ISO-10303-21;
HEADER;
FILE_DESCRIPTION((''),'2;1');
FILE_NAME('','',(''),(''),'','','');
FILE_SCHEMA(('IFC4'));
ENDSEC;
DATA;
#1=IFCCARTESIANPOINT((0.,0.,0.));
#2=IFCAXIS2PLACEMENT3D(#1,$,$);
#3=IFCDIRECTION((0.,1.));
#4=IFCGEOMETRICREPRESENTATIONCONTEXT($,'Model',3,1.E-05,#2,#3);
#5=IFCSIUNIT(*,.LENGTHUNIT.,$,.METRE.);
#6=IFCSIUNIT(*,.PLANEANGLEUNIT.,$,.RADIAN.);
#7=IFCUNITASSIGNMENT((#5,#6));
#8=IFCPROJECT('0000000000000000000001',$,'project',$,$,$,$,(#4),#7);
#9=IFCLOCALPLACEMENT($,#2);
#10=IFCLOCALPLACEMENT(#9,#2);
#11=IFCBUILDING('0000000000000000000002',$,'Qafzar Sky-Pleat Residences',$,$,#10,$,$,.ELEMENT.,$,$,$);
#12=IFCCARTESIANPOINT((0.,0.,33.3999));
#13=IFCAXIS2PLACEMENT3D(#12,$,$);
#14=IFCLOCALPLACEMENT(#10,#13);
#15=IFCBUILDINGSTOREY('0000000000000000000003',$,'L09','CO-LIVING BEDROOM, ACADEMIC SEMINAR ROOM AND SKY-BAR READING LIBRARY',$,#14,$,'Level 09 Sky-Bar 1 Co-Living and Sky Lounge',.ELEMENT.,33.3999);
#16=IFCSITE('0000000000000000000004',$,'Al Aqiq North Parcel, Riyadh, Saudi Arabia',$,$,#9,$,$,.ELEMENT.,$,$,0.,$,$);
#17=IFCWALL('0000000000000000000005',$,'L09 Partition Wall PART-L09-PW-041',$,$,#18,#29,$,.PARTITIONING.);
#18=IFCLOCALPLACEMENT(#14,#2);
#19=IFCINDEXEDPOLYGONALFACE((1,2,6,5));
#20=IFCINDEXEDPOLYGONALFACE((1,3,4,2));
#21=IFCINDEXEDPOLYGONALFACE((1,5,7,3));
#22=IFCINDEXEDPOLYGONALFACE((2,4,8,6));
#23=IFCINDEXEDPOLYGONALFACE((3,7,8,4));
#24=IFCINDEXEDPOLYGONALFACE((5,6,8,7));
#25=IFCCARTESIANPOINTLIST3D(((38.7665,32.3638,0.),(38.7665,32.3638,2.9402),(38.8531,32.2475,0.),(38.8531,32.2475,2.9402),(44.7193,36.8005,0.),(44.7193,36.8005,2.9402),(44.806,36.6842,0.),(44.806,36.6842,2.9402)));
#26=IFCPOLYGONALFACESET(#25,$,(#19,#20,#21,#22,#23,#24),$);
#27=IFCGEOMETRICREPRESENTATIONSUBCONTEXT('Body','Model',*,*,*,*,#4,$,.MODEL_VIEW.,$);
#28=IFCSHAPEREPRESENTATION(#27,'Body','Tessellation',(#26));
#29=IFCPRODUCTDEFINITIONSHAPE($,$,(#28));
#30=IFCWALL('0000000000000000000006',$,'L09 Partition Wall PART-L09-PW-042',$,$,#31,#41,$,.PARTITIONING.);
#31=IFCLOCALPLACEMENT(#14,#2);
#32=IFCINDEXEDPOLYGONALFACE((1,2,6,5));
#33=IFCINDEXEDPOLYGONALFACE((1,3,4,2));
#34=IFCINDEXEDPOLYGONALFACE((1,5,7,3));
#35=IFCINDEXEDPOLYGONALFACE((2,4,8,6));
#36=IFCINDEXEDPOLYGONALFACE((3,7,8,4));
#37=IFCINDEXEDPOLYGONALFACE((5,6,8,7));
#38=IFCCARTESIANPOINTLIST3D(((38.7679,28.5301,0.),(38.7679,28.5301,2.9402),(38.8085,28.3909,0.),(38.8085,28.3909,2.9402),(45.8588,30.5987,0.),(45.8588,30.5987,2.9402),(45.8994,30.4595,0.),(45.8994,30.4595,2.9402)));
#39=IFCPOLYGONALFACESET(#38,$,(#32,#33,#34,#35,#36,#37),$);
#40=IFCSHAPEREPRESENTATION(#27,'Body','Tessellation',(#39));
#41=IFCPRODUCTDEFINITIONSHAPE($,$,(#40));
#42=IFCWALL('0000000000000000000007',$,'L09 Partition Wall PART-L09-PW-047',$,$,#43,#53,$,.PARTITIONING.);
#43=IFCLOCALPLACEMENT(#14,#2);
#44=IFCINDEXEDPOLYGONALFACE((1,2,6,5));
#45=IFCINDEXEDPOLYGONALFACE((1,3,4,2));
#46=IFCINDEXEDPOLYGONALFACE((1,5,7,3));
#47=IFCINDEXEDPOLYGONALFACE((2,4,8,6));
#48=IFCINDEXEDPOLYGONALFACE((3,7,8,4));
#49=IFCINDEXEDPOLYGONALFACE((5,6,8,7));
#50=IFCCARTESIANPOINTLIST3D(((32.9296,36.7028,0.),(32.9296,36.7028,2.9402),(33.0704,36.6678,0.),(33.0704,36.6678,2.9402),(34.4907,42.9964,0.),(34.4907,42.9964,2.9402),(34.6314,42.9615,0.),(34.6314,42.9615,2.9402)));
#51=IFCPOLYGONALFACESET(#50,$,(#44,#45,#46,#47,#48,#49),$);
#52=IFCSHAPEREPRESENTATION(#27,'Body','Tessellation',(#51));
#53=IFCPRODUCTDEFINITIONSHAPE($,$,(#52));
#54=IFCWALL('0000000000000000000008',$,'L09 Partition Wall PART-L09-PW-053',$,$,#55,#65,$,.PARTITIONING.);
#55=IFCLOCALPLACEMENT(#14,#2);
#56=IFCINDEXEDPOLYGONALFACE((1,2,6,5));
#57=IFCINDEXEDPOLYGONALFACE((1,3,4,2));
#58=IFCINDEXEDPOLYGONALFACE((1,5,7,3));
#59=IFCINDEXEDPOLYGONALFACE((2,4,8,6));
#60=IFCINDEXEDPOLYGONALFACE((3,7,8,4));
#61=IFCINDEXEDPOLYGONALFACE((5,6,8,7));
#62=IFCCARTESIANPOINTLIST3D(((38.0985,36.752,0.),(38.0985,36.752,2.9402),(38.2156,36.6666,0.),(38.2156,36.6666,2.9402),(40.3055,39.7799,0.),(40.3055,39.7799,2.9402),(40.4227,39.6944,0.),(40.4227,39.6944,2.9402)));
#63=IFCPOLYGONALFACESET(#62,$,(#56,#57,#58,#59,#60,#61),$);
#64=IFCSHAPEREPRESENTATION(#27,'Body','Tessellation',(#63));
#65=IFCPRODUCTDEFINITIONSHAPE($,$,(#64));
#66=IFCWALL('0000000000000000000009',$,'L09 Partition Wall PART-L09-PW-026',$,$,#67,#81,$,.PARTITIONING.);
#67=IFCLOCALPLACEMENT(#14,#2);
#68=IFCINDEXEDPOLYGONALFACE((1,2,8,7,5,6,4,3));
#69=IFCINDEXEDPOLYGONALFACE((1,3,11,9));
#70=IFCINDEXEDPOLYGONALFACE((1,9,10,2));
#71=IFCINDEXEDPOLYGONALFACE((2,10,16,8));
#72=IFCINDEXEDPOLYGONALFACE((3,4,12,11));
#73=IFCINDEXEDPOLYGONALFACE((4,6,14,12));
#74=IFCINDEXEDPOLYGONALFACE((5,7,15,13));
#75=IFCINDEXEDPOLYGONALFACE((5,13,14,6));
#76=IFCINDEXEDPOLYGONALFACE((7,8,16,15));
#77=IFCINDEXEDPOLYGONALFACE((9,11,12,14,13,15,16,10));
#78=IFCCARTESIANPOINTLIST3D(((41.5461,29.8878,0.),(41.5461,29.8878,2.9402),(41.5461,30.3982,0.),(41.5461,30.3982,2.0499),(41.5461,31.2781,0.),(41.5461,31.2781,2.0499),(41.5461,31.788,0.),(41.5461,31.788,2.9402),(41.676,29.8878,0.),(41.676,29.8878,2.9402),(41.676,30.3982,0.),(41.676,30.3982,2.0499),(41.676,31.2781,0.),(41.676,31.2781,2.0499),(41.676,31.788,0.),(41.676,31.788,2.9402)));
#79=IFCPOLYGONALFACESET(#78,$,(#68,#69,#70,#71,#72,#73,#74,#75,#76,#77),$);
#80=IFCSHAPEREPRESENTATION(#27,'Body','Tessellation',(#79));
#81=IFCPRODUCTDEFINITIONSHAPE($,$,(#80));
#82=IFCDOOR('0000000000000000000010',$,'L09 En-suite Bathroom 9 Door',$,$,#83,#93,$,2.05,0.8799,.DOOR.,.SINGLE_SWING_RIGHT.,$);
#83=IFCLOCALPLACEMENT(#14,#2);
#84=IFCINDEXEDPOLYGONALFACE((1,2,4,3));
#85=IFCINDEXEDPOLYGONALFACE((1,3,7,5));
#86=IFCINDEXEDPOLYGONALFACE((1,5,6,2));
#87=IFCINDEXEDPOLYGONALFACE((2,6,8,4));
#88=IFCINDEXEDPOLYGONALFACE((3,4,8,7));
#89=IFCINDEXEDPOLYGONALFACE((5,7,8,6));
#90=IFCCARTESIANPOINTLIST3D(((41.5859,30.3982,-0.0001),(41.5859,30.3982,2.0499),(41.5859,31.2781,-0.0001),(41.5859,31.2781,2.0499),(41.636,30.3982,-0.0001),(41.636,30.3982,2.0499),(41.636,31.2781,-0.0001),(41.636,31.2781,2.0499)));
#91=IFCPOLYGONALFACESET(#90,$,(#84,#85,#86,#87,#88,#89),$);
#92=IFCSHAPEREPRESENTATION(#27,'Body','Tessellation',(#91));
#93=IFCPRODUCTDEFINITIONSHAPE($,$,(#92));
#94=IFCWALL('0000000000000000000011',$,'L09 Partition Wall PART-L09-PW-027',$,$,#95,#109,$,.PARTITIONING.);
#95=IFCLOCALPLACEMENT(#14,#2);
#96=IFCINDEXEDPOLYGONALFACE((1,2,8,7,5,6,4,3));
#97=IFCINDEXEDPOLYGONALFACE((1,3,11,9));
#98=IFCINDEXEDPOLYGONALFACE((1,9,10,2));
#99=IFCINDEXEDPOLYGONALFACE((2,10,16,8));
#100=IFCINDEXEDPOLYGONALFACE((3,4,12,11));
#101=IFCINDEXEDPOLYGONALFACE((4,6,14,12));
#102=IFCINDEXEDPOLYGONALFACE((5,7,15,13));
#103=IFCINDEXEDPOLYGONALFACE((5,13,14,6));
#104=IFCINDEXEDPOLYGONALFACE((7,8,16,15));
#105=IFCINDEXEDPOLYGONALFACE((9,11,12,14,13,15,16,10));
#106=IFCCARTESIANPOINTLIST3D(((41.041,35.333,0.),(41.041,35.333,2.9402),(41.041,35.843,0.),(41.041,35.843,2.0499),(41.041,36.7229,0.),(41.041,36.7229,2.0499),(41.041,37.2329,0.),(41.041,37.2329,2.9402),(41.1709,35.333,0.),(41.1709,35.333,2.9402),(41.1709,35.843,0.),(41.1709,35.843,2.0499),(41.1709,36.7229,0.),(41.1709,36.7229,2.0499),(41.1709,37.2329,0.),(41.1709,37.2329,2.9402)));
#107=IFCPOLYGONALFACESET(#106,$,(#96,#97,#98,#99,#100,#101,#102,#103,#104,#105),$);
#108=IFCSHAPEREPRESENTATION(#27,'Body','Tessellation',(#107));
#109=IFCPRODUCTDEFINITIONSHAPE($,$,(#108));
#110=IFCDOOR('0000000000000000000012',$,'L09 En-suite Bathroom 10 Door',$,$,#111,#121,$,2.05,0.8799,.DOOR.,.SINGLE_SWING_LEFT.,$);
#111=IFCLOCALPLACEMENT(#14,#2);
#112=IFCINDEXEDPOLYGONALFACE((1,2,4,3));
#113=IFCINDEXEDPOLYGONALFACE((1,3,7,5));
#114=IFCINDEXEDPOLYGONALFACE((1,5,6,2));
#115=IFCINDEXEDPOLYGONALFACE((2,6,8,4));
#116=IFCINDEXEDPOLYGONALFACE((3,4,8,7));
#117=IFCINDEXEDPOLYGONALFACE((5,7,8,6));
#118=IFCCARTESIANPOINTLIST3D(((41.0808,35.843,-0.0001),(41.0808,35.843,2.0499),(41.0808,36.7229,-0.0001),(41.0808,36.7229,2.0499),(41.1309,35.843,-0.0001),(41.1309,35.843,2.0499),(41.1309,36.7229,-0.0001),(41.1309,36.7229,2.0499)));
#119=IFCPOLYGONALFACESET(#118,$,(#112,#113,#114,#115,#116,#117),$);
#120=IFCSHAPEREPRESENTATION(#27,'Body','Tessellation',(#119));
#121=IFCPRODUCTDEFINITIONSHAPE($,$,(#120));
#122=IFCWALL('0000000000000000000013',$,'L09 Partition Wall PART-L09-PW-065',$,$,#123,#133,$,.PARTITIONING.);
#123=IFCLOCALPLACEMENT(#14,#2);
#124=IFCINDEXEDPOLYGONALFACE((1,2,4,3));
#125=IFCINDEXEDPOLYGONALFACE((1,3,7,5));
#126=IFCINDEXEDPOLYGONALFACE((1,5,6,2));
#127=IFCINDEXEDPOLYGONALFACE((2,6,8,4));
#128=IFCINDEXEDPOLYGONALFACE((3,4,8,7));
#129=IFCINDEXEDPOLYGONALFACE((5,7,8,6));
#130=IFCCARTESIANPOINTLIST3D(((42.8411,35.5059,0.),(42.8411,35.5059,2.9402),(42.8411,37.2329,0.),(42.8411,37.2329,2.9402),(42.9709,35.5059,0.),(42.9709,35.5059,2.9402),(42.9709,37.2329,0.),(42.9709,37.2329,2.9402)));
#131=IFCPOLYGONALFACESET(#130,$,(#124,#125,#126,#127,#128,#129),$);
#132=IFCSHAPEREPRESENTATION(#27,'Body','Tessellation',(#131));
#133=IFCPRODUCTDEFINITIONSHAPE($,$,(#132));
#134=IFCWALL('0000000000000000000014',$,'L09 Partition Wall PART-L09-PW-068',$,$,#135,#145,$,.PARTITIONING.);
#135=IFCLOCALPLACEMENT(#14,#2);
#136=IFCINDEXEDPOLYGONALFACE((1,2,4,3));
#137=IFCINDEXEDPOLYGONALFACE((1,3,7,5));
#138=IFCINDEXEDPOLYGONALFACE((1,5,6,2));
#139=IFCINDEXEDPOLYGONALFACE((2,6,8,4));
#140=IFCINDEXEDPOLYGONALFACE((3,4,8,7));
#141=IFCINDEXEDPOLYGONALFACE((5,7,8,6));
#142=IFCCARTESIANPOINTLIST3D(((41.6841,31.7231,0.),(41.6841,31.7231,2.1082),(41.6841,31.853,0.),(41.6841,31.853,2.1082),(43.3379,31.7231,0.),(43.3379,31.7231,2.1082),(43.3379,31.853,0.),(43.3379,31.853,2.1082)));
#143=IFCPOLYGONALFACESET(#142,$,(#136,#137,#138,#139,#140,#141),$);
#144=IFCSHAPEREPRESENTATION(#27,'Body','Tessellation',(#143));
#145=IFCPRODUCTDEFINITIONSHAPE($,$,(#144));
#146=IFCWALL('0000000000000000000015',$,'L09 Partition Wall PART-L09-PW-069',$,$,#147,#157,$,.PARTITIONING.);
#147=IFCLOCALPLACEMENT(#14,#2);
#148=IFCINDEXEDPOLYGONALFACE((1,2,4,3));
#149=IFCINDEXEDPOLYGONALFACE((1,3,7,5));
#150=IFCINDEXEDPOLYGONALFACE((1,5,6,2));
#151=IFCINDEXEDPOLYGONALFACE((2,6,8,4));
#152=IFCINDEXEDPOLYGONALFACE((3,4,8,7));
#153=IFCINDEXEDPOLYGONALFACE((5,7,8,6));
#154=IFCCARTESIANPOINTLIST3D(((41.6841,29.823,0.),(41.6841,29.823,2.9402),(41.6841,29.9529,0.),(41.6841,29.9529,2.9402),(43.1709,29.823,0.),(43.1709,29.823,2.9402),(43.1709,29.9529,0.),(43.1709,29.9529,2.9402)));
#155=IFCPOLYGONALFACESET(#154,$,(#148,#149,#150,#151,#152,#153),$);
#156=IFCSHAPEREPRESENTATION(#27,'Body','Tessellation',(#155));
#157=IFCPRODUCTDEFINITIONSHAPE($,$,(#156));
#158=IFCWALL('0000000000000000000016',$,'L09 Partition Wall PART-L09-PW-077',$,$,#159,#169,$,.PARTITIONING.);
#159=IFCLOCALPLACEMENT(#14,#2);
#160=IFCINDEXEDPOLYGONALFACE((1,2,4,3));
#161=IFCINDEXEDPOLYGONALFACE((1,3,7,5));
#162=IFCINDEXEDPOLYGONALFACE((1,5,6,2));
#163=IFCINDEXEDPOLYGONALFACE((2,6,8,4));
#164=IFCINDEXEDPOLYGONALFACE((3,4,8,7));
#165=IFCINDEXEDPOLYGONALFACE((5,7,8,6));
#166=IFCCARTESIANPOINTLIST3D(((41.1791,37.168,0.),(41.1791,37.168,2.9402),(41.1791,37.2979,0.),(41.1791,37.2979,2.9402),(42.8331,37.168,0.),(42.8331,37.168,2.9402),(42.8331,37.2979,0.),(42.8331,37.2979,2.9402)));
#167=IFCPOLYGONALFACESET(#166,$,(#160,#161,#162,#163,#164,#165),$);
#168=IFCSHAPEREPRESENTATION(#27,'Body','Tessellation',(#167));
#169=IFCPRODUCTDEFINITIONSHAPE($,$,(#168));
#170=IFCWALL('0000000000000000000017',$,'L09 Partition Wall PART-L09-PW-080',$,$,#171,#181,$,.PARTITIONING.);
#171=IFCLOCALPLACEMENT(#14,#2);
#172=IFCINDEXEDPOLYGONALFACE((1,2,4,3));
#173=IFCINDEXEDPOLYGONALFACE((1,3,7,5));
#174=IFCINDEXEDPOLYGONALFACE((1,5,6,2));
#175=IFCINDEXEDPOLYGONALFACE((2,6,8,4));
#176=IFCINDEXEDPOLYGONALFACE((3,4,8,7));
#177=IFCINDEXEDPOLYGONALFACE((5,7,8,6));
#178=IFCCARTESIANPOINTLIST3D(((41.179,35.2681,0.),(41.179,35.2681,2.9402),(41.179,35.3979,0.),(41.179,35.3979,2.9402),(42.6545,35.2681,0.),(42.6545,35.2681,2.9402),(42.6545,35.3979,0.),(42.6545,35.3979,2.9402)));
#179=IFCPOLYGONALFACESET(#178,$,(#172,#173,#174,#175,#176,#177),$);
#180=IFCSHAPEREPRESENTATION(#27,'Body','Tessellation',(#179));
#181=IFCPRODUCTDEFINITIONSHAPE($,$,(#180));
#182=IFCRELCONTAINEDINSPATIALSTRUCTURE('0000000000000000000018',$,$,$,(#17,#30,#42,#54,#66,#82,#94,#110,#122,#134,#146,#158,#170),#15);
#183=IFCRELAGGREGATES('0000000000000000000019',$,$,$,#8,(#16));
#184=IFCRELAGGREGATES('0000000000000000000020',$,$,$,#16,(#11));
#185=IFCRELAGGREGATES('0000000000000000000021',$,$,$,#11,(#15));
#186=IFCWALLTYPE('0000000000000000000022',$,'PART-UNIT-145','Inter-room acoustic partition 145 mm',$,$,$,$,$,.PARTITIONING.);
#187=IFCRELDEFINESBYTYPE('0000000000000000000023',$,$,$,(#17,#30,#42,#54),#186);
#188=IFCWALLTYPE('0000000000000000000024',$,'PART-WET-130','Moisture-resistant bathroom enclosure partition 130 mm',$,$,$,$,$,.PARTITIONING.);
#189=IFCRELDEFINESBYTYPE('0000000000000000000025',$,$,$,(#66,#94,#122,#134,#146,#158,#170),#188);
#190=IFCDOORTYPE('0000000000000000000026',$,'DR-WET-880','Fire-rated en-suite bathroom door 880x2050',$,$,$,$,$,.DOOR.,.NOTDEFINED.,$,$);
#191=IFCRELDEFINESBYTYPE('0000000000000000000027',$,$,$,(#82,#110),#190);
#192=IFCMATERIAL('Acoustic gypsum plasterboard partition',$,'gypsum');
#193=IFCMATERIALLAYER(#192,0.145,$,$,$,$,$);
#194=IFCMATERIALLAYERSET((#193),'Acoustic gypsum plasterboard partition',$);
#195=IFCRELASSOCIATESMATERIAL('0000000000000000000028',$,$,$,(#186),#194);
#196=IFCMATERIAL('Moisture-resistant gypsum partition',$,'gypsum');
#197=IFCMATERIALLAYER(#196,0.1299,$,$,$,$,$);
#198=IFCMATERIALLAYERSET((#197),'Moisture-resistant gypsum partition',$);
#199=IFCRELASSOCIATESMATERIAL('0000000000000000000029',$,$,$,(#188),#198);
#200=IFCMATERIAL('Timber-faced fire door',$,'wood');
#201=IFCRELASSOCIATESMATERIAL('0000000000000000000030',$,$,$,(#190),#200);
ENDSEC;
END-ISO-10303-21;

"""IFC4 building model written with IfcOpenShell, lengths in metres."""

from ifc_helpers import new_model, si_unit, direction, frame, frame_2d, origin, place, context, subcontext, project, spatial, rectangle, extrude, source, transform, mapped, material, layer, layer_set, type_object, element, fill, save


model = new_model("IFC4")

# Units and contexts
model_context = context("Model", 3, precision=1e-05, world=origin(), true_north=direction((0.0, 1.0)))
body_context = subcontext(model_context, "Body", "Model", "MODEL_VIEW")
ifc_project = project(units=[si_unit("LENGTHUNIT", "METRE"), si_unit("PLANEANGLEUNIT", "RADIAN")], contexts=[model_context])

# Site, building, storey
site_placement = place(None, origin())
site = spatial("IfcSite", under=ifc_project, at=site_placement, Name="Al Aqiq North Parcel, Riyadh, Saudi Arabia", CompositionType="ELEMENT", RefElevation=0.0)
building_placement = place(site_placement, origin())
building = spatial("IfcBuilding", under=site, at=building_placement, Name="Qafzar Sky-Pleat Residences", CompositionType="ELEMENT")
storey_placement = place(building_placement, frame((0.0, 0.0, 33.3999)))
storey = spatial("IfcBuildingStorey", under=building, at=storey_placement, Name="L09", Description="CO-LIVING BEDROOM, ACADEMIC SEMINAR ROOM AND SKY-BAR READING LIBRARY", LongName="Level 09 Sky-Bar 1 Co-Living and Sky Lounge", CompositionType="ELEMENT", Elevation=33.3999)

# Shared definitions
ifc_material_1 = material(Name="Acoustic gypsum plasterboard partition", Category="gypsum")
ifc_material_2 = material(Name="Timber-faced fire door", Category="wood")

# Walls
ifc_layer_1 = layer(ifc_material_1, 0.145)
ifc_layer_set_1 = layer_set([ifc_layer_1], Name="Acoustic gypsum plasterboard partition")
wall_type_1 = type_object("IfcWallType", Name="PART-UNIT-145", Description="Inter-room acoustic partition 145 mm", PredefinedType="PARTITIONING", material=ifc_layer_set_1)
wall_1_placement = place(storey_placement, frame((38.8098, 32.3057, 0.0), z_axis=(0.0, 0.0, 1.0), x_axis=(0.8018, 0.597593, 0.0)))
element("IfcWall", 1, at=wall_1_placement, inside=storey, type_object=wall_type_1, Name="L09 Partition Wall PART-L09-PW-041", PredefinedType="PARTITIONING", context=body_context, shape_type="SweptSolid", body=[
    extrude(rectangle(XDim=7.4243, YDim=0.145, at=frame_2d((3.7122, 0.0))), origin(), (0.0, 0.0, 1.0), 2.9402),
])
wall_2_placement = place(storey_placement, frame((38.7881, 28.4604, 0.0), z_axis=(0.0, 0.0, 1.0), x_axis=(0.959984, 0.280056, 0.0)))
element("IfcWall", 2, at=wall_2_placement, inside=storey, type_object=wall_type_1, Name="L09 Partition Wall PART-L09-PW-042", PredefinedType="PARTITIONING", context=body_context, shape_type="SweptSolid", body=[
    extrude(rectangle(XDim=7.3865, YDim=0.145, at=frame_2d((3.6934, 0.0))), origin(), (0.0, 0.0, 1.0), 2.9402),
])
wall_3_placement = place(storey_placement, frame((33.0, 36.6853, 0.0), z_axis=(0.0, 0.0, 1.0), x_axis=(0.240737, 0.97059, 0.0)))
element("IfcWall", 3, at=wall_3_placement, inside=storey, type_object=wall_type_1, Name="L09 Partition Wall PART-L09-PW-047", PredefinedType="PARTITIONING", context=body_context, shape_type="SweptSolid", body=[
    extrude(rectangle(XDim=6.4844, YDim=0.145, at=frame_2d((3.2422, 0.0))), origin(), (0.0, 0.0, 1.0), 2.9402),
])
wall_4_placement = place(storey_placement, frame((38.157, 36.7092, 0.0), z_axis=(0.0, 0.0, 1.0), x_axis=(0.589039, 0.808104, 0.0)))
element("IfcWall", 4, at=wall_4_placement, inside=storey, type_object=wall_type_1, Name="L09 Partition Wall PART-L09-PW-053", PredefinedType="PARTITIONING", context=body_context, shape_type="SweptSolid", body=[
    extrude(rectangle(XDim=3.7468, YDim=0.145, at=frame_2d((1.8735, 0.0))), origin(), (0.0, 0.0, 1.0), 2.9402),
])

# Walls, openings, doors
ifc_material_3 = material(Name="Moisture-resistant gypsum partition", Category="gypsum")
ifc_layer_2 = layer(ifc_material_3, 0.1299)
ifc_layer_set_2 = layer_set([ifc_layer_2], Name="Moisture-resistant gypsum partition")
wall_type_2 = type_object("IfcWallType", Name="PART-WET-130", Description="Moisture-resistant bathroom enclosure partition 130 mm", PredefinedType="PARTITIONING", material=ifc_layer_set_2)
wall_5_placement = place(storey_placement, frame((41.6111, 31.7881, 0.0), z_axis=(0.0, 0.0, 1.0), x_axis=(0.0, -1.0, 0.0)))
wall_5 = element("IfcWall", 5, at=wall_5_placement, inside=storey, type_object=wall_type_2, Name="L09 Partition Wall PART-L09-PW-026", PredefinedType="PARTITIONING", context=body_context, shape_type="SweptSolid", body=[
    extrude(rectangle(XDim=1.9001, YDim=0.1299, at=frame_2d((0.9502, 0.0))), origin(), (0.0, 0.0, 1.0), 2.9402),
])
opening_1_placement = place(wall_5_placement, frame((0.51, 0.0, 0.0)))
opening_1 = element("IfcOpeningElement", 6, at=opening_1_placement, cuts=wall_5, PredefinedType="OPENING", context=body_context, shape_type="SweptSolid", body=[
    extrude(rectangle(XDim=0.8799, YDim=2.05, at=frame_2d((0.4399, 1.0249))), frame((0.0, 0.075, 0.0), z_axis=(0.0, -1.0, 0.0), x_axis=(1.0, 0.0, 0.0)), (0.0, 0.0, 1.0), 0.1499),
])
door_type_1 = type_object("IfcDoorType", Name="DR-WET-880", Description="Fire-rated en-suite bathroom door 880x2050", OperationType="NOTDEFINED", PredefinedType="DOOR", material=ifc_material_2)
shared_shape_1 = source(origin(), body_context, "Body", "SweptSolid", [
    extrude(rectangle(XDim=0.8799, YDim=2.05, at=frame_2d((0.4399, 1.0249))), frame((0.0, 0.0249, 0.0), z_axis=(0.0, -1.0, 0.0), x_axis=(1.0, 0.0, 0.0)), (0.0, 0.0, 1.0), 0.05),
])
door_1_placement = place(opening_1_placement, origin())
door_1 = element("IfcDoor", 7, at=door_1_placement, inside=storey, type_object=door_type_1, Name="L09 En-suite Bathroom 9 Door", OperationType="SINGLE_SWING_RIGHT", OverallHeight=2.05, OverallWidth=0.8799, PredefinedType="DOOR", context=body_context, shape_type="MappedRepresentation", body=[
    mapped(shared_shape_1, transform((0.0, 0.0, 0.0), x_axis=(1.0, 0.0, 0.0), y_axis=(0.0, 1.0, 0.0), z_axis=(0.0, 0.0, 1.0), scale=1.0)),
])
fill(opening_1, door_1)
wall_6_placement = place(storey_placement, frame((41.106, 37.2329, 0.0), z_axis=(0.0, 0.0, 1.0), x_axis=(0.0, -1.0, 0.0)))
wall_6 = element("IfcWall", 8, at=wall_6_placement, inside=storey, type_object=wall_type_2, Name="L09 Partition Wall PART-L09-PW-027", PredefinedType="PARTITIONING", context=body_context, shape_type="SweptSolid", body=[
    extrude(rectangle(XDim=1.8999, YDim=0.1299, at=frame_2d((0.95, 0.0))), origin(), (0.0, 0.0, 1.0), 2.9402),
])
opening_2_placement = place(wall_6_placement, frame((0.51, 0.0, 0.0)))
opening_2 = element("IfcOpeningElement", 9, at=opening_2_placement, cuts=wall_6, PredefinedType="OPENING", context=body_context, shape_type="SweptSolid", body=[
    extrude(rectangle(XDim=0.8799, YDim=2.05, at=frame_2d((0.4399, 1.0249))), frame((0.0, 0.075, 0.0), z_axis=(0.0, -1.0, 0.0), x_axis=(1.0, 0.0, 0.0)), (0.0, 0.0, 1.0), 0.1499),
])
door_2_placement = place(opening_2_placement, origin())
door_2 = element("IfcDoor", 10, at=door_2_placement, inside=storey, type_object=door_type_1, Name="L09 En-suite Bathroom 10 Door", OperationType="SINGLE_SWING_LEFT", OverallHeight=2.05, OverallWidth=0.8799, PredefinedType="DOOR", context=body_context, shape_type="MappedRepresentation", body=[
    mapped(shared_shape_1, transform((0.0, 0.0, 0.0), x_axis=(1.0, 0.0, 0.0), y_axis=(0.0, 1.0, 0.0), z_axis=(0.0, 0.0, 1.0), scale=1.0)),
])
fill(opening_2, door_2)

# Walls
wall_7_placement = place(storey_placement, frame((42.906, 35.5059, 0.0), z_axis=(0.0, 0.0, 1.0), x_axis=(0.0, 1.0, 0.0)))
element("IfcWall", 11, at=wall_7_placement, inside=storey, type_object=wall_type_2, Name="L09 Partition Wall PART-L09-PW-065", PredefinedType="PARTITIONING", context=body_context, shape_type="SweptSolid", body=[
    extrude(rectangle(XDim=1.7271, YDim=0.1299, at=frame_2d((0.8635, 0.0))), origin(), (0.0, 0.0, 1.0), 2.9402),
])
wall_8_placement = place(storey_placement, frame((41.6841, 31.7881, 0.0), z_axis=(0.0, 0.0, 1.0), x_axis=(1.0, 0.0, 0.0)))
element("IfcWall", 12, at=wall_8_placement, inside=storey, type_object=wall_type_2, Name="L09 Partition Wall PART-L09-PW-068", PredefinedType="PARTITIONING", context=body_context, shape_type="SweptSolid", body=[
    extrude(rectangle(XDim=1.6538, YDim=0.1299, at=frame_2d((0.8269, 0.0))), origin(), (0.0, 0.0, 1.0), 2.1082),
])
wall_9_placement = place(storey_placement, frame((41.6841, 29.8879, 0.0), z_axis=(0.0, 0.0, 1.0), x_axis=(1.0, 0.0, 0.0)))
element("IfcWall", 13, at=wall_9_placement, inside=storey, type_object=wall_type_2, Name="L09 Partition Wall PART-L09-PW-069", PredefinedType="PARTITIONING", context=body_context, shape_type="SweptSolid", body=[
    extrude(rectangle(XDim=1.4868, YDim=0.1299, at=frame_2d((0.7434, 0.0))), origin(), (0.0, 0.0, 1.0), 2.9402),
])
wall_10_placement = place(storey_placement, frame((41.179, 37.2329, 0.0), z_axis=(0.0, 0.0, 1.0), x_axis=(1.0, 0.0, 0.0)))
element("IfcWall", 14, at=wall_10_placement, inside=storey, type_object=wall_type_2, Name="L09 Partition Wall PART-L09-PW-077", PredefinedType="PARTITIONING", context=body_context, shape_type="SweptSolid", body=[
    extrude(rectangle(XDim=1.6541, YDim=0.1299, at=frame_2d((0.8271, 0.0))), origin(), (0.0, 0.0, 1.0), 2.9402),
])
wall_11_placement = place(storey_placement, frame((41.179, 35.333, 0.0), z_axis=(0.0, 0.0, 1.0), x_axis=(1.0, 0.0, 0.0)))
element("IfcWall", 15, at=wall_11_placement, inside=storey, type_object=wall_type_2, Name="L09 Partition Wall PART-L09-PW-080", PredefinedType="PARTITIONING", context=body_context, shape_type="SweptSolid", body=[
    extrude(rectangle(XDim=1.4756, YDim=0.1299, at=frame_2d((0.7378, 0.0))), origin(), (0.0, 0.0, 1.0), 2.9402),
])

save(model, "model.ifc")
